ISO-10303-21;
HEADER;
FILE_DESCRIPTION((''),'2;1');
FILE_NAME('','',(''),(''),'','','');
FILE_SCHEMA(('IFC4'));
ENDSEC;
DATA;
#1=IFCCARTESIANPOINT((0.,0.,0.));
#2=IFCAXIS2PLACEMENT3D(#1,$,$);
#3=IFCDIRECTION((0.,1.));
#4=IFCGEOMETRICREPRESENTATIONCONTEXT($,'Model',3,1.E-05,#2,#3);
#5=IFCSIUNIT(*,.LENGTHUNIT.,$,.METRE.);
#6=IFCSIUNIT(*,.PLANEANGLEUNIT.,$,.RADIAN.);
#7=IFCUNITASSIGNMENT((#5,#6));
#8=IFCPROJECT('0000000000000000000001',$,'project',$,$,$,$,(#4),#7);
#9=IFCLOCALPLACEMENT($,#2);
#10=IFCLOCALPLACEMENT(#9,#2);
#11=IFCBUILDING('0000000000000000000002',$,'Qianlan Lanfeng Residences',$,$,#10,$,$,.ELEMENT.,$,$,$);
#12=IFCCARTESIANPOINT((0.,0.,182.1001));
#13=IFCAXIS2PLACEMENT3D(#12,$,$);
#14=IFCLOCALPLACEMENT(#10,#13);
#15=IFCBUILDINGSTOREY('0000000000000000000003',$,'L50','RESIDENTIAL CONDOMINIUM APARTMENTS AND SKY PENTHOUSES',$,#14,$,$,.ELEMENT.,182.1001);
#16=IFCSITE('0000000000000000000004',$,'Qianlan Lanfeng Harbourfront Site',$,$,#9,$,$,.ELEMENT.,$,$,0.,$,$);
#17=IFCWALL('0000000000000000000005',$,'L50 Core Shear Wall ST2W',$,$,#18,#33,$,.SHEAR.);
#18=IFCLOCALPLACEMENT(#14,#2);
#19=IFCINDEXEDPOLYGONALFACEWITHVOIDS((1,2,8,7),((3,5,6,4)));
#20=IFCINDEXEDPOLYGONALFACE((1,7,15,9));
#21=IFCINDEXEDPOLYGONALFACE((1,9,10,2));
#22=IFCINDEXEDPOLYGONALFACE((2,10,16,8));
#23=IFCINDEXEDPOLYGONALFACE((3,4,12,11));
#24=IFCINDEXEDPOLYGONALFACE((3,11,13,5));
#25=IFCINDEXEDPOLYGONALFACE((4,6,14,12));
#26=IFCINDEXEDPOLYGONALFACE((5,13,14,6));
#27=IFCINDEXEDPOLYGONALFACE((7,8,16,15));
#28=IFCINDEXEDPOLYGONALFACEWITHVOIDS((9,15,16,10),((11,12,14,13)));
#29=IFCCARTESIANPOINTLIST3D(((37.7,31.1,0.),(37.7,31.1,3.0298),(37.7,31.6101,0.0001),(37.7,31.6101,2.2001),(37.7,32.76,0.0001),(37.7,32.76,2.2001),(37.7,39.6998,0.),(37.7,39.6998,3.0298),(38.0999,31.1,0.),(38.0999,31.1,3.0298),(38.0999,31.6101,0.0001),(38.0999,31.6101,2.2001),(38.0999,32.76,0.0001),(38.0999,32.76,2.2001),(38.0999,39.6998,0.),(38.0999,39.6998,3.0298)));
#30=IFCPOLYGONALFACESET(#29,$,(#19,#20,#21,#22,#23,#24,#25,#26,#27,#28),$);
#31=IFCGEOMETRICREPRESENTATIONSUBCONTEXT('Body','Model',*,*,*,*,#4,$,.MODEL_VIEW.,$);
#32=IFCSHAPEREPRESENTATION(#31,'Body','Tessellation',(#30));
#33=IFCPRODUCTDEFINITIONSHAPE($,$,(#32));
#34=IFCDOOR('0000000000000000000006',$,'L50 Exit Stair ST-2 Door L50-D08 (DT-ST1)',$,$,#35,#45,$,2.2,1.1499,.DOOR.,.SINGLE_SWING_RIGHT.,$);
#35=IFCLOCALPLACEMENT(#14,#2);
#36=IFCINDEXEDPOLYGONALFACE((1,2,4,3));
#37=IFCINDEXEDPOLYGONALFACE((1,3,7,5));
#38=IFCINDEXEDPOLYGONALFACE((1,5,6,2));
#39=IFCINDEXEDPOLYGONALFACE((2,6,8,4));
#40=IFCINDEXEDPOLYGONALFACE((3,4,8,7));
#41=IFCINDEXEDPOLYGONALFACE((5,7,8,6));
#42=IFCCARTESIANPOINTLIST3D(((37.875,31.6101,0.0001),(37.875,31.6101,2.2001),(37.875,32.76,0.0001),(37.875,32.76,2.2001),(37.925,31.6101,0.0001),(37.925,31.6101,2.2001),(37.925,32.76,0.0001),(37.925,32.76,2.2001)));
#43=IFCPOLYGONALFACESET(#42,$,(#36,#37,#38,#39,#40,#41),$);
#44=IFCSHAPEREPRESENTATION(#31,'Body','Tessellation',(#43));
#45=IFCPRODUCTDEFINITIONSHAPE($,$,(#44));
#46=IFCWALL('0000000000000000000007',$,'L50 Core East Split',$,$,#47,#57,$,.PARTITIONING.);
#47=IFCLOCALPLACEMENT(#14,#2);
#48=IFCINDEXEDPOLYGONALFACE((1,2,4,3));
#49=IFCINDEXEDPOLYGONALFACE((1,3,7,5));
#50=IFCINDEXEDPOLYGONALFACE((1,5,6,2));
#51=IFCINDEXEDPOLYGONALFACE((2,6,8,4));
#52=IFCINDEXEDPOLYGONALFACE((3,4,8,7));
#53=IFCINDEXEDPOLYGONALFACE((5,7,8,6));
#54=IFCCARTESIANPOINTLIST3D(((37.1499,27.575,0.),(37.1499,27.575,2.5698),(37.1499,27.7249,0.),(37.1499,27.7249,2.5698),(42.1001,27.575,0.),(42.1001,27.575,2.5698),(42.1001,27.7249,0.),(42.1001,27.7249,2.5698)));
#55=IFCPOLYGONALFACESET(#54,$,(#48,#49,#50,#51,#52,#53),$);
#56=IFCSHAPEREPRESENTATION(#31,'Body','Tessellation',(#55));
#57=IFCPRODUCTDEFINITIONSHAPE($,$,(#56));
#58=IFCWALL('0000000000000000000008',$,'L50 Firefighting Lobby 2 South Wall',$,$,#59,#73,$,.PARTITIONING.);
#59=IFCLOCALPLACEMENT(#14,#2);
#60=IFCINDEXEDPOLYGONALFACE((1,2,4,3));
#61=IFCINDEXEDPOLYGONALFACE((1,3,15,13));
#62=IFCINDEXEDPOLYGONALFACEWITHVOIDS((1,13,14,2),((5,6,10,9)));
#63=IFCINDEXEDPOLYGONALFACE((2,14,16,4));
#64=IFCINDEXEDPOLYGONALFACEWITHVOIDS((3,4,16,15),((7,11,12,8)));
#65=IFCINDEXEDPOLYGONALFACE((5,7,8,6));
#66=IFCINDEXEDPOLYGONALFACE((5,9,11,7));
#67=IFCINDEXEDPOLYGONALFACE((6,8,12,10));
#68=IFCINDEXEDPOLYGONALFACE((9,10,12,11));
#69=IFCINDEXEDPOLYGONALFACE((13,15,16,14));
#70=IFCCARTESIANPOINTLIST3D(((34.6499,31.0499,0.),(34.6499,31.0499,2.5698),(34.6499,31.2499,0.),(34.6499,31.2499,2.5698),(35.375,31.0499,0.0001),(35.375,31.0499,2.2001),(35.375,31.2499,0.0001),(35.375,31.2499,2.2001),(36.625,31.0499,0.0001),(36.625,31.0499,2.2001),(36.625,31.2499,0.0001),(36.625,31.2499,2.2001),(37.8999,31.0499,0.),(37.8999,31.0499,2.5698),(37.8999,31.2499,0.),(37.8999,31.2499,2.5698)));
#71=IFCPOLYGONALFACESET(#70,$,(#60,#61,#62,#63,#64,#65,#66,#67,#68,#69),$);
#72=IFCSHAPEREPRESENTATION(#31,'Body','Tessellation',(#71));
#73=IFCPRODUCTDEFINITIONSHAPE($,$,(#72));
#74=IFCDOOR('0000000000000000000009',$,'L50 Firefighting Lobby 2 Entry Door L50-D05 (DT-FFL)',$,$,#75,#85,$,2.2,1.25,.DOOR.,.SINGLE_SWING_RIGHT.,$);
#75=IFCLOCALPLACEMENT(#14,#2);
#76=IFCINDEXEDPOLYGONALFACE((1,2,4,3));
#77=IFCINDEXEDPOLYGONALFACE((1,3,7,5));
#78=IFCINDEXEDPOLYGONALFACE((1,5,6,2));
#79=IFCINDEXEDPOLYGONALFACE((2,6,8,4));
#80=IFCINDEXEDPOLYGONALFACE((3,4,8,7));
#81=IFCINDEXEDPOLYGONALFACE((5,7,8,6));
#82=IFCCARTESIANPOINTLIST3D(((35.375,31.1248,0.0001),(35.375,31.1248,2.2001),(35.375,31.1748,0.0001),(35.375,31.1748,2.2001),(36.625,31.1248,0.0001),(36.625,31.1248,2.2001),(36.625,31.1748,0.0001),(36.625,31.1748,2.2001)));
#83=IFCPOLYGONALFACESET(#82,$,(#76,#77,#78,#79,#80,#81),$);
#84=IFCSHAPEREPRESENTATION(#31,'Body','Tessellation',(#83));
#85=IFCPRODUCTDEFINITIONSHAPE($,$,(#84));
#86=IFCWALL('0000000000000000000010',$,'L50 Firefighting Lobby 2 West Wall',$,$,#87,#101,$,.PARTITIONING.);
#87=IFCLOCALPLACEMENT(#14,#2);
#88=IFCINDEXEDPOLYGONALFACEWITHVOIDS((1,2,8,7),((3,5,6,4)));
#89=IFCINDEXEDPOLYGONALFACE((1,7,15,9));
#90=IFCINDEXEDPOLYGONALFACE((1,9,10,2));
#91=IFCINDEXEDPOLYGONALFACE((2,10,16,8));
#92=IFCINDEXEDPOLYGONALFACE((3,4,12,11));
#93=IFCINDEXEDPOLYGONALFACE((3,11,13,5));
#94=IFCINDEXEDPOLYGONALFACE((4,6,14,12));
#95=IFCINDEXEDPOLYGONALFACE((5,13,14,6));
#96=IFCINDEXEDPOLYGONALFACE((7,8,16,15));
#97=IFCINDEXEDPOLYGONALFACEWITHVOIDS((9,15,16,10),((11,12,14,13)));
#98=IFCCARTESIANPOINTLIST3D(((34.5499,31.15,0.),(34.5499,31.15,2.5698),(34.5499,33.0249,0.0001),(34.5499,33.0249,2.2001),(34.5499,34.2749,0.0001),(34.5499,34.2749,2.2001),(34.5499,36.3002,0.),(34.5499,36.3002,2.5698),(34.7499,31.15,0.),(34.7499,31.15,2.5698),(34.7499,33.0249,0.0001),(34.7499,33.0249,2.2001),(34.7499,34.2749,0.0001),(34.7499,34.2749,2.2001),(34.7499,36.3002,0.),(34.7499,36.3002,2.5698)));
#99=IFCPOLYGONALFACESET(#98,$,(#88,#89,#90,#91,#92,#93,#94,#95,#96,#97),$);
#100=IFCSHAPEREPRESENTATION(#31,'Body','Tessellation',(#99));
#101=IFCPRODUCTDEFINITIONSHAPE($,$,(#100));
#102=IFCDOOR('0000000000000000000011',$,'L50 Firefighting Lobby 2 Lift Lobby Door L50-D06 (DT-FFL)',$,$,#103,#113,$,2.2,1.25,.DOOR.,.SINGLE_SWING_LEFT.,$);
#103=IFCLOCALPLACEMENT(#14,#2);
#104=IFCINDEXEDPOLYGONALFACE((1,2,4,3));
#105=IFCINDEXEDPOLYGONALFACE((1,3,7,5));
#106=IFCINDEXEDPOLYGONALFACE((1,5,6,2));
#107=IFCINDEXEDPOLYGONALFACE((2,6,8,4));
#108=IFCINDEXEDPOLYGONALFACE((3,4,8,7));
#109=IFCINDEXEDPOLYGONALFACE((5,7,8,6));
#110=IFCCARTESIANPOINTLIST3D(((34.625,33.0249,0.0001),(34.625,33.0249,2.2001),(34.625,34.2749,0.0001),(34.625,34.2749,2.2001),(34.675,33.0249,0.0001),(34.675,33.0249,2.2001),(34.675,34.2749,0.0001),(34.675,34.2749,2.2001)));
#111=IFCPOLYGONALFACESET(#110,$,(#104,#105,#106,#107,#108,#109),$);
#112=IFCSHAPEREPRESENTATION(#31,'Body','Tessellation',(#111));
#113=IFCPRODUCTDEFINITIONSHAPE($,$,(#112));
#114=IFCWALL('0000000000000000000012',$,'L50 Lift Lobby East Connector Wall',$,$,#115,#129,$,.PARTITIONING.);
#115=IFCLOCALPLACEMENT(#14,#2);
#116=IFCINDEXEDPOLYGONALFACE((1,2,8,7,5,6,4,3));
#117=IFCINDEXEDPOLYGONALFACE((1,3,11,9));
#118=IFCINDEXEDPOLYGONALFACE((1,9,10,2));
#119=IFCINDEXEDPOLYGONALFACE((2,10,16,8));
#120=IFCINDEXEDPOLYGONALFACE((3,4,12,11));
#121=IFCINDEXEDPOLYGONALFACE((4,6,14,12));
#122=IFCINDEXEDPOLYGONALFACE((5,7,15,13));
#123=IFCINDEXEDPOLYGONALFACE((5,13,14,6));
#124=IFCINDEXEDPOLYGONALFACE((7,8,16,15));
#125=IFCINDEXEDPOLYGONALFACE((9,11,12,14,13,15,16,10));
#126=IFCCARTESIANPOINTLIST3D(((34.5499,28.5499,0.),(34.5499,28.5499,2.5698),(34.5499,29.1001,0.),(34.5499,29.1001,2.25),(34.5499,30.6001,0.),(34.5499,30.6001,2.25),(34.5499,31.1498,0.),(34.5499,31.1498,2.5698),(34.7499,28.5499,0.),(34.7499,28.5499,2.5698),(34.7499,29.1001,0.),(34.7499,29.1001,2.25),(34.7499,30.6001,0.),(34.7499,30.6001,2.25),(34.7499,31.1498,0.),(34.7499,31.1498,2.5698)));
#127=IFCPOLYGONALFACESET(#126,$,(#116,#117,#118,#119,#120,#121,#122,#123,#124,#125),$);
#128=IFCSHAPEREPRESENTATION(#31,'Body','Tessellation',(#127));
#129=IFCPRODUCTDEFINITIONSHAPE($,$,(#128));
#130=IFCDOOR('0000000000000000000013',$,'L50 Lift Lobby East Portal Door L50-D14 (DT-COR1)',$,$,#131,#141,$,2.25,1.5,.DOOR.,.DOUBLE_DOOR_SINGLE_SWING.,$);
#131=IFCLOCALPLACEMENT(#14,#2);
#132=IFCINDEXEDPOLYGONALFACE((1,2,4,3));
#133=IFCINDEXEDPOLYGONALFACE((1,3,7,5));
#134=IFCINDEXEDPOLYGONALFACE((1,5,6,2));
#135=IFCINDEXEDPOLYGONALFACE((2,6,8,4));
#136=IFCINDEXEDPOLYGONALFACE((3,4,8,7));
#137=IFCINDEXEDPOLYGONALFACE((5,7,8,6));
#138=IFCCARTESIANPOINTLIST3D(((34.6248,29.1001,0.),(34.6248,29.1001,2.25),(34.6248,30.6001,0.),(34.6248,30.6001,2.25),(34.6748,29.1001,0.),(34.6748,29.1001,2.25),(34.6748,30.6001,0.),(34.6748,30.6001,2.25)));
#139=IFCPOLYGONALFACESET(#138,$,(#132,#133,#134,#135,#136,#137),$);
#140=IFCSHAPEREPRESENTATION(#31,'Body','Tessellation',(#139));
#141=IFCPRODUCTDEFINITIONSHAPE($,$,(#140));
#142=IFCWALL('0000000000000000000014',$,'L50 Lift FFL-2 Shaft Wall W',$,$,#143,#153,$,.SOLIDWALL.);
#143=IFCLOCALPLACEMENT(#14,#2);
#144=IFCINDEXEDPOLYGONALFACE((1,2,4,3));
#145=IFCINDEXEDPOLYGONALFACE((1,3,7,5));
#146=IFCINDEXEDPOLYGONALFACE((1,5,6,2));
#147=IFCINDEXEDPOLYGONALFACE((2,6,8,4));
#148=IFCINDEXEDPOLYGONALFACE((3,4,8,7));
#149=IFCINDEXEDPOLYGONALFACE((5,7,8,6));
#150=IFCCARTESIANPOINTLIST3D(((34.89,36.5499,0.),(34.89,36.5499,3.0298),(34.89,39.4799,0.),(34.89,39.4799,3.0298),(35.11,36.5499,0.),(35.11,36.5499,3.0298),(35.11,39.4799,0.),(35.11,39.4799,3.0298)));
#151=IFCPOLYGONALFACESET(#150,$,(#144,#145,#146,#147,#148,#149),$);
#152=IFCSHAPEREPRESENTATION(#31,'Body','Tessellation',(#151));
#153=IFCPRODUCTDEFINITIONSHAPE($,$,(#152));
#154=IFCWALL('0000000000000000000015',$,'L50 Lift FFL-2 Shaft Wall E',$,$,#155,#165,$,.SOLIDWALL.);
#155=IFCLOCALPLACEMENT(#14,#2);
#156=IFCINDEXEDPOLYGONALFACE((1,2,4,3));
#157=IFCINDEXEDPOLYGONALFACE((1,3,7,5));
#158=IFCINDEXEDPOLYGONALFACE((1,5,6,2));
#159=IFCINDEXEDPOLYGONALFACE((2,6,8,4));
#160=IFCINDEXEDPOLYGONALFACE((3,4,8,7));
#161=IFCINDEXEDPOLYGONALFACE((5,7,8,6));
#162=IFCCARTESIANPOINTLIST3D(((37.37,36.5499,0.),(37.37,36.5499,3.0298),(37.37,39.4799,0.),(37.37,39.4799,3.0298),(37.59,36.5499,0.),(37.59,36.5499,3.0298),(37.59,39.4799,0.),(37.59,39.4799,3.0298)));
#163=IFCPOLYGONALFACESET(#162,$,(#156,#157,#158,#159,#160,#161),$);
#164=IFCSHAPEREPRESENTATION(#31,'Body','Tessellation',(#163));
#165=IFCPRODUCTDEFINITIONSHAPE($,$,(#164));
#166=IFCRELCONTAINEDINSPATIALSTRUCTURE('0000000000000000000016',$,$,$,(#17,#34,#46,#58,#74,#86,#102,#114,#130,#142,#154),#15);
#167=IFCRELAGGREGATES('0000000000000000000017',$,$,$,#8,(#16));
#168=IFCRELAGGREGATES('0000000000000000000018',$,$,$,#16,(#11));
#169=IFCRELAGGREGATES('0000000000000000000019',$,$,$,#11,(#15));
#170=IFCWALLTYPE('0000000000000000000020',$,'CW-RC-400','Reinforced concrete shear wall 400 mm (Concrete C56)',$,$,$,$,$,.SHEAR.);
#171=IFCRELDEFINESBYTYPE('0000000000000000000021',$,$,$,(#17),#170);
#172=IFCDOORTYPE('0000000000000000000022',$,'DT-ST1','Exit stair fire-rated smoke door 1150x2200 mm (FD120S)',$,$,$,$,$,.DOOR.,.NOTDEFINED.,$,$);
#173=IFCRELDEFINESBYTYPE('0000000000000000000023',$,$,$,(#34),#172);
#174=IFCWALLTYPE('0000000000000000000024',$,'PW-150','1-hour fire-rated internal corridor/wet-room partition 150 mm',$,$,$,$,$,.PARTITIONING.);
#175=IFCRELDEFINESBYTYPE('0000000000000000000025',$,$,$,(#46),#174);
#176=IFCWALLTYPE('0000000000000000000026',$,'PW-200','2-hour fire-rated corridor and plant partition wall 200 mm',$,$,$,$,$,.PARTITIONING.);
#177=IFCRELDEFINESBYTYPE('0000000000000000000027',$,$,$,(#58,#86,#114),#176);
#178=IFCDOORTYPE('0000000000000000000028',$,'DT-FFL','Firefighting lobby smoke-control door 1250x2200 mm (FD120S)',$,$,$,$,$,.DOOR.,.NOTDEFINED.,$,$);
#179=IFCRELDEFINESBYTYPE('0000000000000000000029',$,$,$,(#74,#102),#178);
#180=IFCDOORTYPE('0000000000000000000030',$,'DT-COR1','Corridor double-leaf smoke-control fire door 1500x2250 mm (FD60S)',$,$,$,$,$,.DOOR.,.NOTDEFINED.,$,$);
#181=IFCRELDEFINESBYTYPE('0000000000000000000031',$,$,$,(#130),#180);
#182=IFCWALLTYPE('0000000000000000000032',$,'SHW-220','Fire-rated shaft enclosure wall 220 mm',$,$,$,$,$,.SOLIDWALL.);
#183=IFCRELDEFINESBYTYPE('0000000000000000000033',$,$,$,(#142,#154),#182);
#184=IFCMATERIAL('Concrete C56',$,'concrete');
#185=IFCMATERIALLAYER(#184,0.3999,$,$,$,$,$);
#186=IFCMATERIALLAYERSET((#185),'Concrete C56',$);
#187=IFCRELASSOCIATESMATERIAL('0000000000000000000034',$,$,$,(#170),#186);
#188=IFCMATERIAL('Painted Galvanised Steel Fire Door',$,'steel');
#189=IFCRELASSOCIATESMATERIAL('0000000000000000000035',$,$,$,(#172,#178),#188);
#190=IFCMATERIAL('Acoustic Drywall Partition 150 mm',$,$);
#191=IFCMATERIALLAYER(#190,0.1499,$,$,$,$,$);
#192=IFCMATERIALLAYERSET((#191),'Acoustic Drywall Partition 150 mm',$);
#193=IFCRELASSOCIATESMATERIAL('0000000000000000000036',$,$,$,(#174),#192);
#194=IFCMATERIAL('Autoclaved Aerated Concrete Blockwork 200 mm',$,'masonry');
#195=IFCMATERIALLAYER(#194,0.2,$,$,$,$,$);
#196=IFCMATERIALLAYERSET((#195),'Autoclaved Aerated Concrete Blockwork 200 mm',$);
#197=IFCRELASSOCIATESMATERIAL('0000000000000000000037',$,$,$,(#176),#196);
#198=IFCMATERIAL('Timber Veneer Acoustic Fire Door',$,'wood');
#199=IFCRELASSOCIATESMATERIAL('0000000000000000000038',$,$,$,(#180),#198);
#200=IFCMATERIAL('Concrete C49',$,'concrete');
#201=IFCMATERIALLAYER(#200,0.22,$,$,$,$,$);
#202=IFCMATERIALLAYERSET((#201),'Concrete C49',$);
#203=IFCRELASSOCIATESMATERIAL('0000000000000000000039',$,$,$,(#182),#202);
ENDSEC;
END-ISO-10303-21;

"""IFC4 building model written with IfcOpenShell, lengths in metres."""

from ifc_helpers import new_model, si_unit, direction, frame, frame_2d, origin, place, context, subcontext, project, spatial, rectangle, extrude, material, layer, layer_set, type_object, element, fill, save


model = new_model("IFC4")

# Units and contexts
model_context = context("Model", 3, precision=1e-05, world=origin(), true_north=direction((0.0, 1.0)))
body_context = subcontext(model_context, "Body", "Model", "MODEL_VIEW")
ifc_project = project(units=[si_unit("LENGTHUNIT", "METRE"), si_unit("PLANEANGLEUNIT", "RADIAN")], contexts=[model_context])

# Site, building, storey
site_placement = place(None, origin())
site = spatial("IfcSite", under=ifc_project, at=site_placement, Name="Qianlan Lanfeng Harbourfront Site", CompositionType="ELEMENT", RefElevation=0.0)
building_placement = place(site_placement, origin())
building = spatial("IfcBuilding", under=site, at=building_placement, Name="Qianlan Lanfeng Residences", CompositionType="ELEMENT")
storey_placement = place(building_placement, frame((0.0, 0.0, 182.1001)))
storey = spatial("IfcBuildingStorey", under=building, at=storey_placement, Name="L50", Description="RESIDENTIAL CONDOMINIUM APARTMENTS AND SKY PENTHOUSES", CompositionType="ELEMENT", Elevation=182.1001)

# Wall, opening, door
ifc_material_1 = material(Name="Concrete C56", Category="concrete")
ifc_layer_1 = layer(ifc_material_1, 0.3999)
ifc_layer_set_1 = layer_set([ifc_layer_1], Name="Concrete C56")
wall_type_1 = type_object("IfcWallType", Name="CW-RC-400", Description="Reinforced concrete shear wall 400 mm (Concrete C56)", PredefinedType="SHEAR", material=ifc_layer_set_1)
wall_1_placement = place(storey_placement, frame((37.8999, 31.1001, 0.0), z_axis=(0.0, 0.0, 1.0), x_axis=(0.0, 1.0, 0.0)))
wall_1 = element("IfcWall", 1, at=wall_1_placement, inside=storey, type_object=wall_type_1, Name="L50 Core Shear Wall ST2W", PredefinedType="SHEAR", context=body_context, shape_type="SweptSolid", body=[
    extrude(rectangle(XDim=8.5999, YDim=0.3999, at=frame_2d((4.2998, 0.0))), origin(), (0.0, 0.0, 1.0), 3.0298),
])
opening_1_placement = place(wall_1_placement, frame((0.51, 0.0, 0.0)))
opening_1 = element("IfcOpeningElement", 2, at=opening_1_placement, cuts=wall_1, PredefinedType="OPENING", context=body_context, shape_type="SweptSolid", body=[
    extrude(rectangle(XDim=1.1499, YDim=2.2, at=frame_2d((0.575, 1.1001))), frame((0.0, 0.21, 0.0), z_axis=(0.0, -1.0, 0.0), x_axis=(1.0, 0.0, 0.0)), (0.0, 0.0, 1.0), 0.4199),
])
ifc_material_2 = material(Name="Painted Galvanised Steel Fire Door", Category="steel")
door_type_1 = type_object("IfcDoorType", Name="DT-ST1", Description="Exit stair fire-rated smoke door 1150x2200 mm (FD120S)", OperationType="NOTDEFINED", PredefinedType="DOOR", material=ifc_material_2)
door_1_placement = place(opening_1_placement, origin())
door_1 = element("IfcDoor", 3, at=door_1_placement, inside=storey, type_object=door_type_1, Name="L50 Exit Stair ST-2 Door L50-D08 (DT-ST1)", OperationType="SINGLE_SWING_RIGHT", OverallHeight=2.2, OverallWidth=1.1499, PredefinedType="DOOR", context=body_context, shape_type="SweptSolid", body=[
    extrude(rectangle(XDim=1.1499, YDim=2.2, at=frame_2d((0.575, 1.1001))), frame((0.0, 0.0249, 0.0), z_axis=(0.0, -1.0, 0.0), x_axis=(1.0, 0.0, 0.0)), (0.0, 0.0, 1.0), 0.05),
])
fill(opening_1, door_1)

# Wall
ifc_material_3 = material(Name="Acoustic Drywall Partition 150 mm")
ifc_layer_2 = layer(ifc_material_3, 0.1499)
ifc_layer_set_2 = layer_set([ifc_layer_2], Name="Acoustic Drywall Partition 150 mm")
wall_type_2 = type_object("IfcWallType", Name="PW-150", Description="1-hour fire-rated internal corridor/wet-room partition 150 mm", PredefinedType="PARTITIONING", material=ifc_layer_set_2)
wall_2_placement = place(storey_placement, frame((37.1499, 27.6499, 0.0), z_axis=(0.0, 0.0, 1.0), x_axis=(1.0, 0.0, 0.0)))
element("IfcWall", 4, at=wall_2_placement, inside=storey, type_object=wall_type_2, Name="L50 Core East Split", PredefinedType="PARTITIONING", context=body_context, shape_type="SweptSolid", body=[
    extrude(rectangle(XDim=4.9502, YDim=0.1499, at=frame_2d((2.4751, 0.0))), origin(), (0.0, 0.0, 1.0), 2.5698),
])

# Walls, openings, doors
ifc_material_4 = material(Name="Autoclaved Aerated Concrete Blockwork 200 mm", Category="masonry")
ifc_layer_3 = layer(ifc_material_4, 0.2)
ifc_layer_set_3 = layer_set([ifc_layer_3], Name="Autoclaved Aerated Concrete Blockwork 200 mm")
wall_type_3 = type_object("IfcWallType", Name="PW-200", Description="2-hour fire-rated corridor and plant partition wall 200 mm", PredefinedType="PARTITIONING", material=ifc_layer_set_3)
wall_3_placement = place(storey_placement, frame((34.6499, 31.1499, 0.0), z_axis=(0.0, 0.0, 1.0), x_axis=(1.0, 0.0, 0.0)))
wall_3 = element("IfcWall", 5, at=wall_3_placement, inside=storey, type_object=wall_type_3, Name="L50 Firefighting Lobby 2 South Wall", PredefinedType="PARTITIONING", context=body_context, shape_type="SweptSolid", body=[
    extrude(rectangle(XDim=3.25, YDim=0.2, at=frame_2d((1.625, 0.0))), origin(), (0.0, 0.0, 1.0), 2.5698),
])
opening_2_placement = place(wall_3_placement, frame((0.7251, 0.0, 0.0)))
opening_2 = element("IfcOpeningElement", 6, at=opening_2_placement, cuts=wall_3, PredefinedType="OPENING", context=body_context, shape_type="SweptSolid", body=[
    extrude(rectangle(XDim=1.25, YDim=2.2, at=frame_2d((0.625, 1.1001))), frame((0.0, 0.1099, 0.0), z_axis=(0.0, -1.0, 0.0), x_axis=(1.0, 0.0, 0.0)), (0.0, 0.0, 1.0), 0.22),
])
door_type_2 = type_object("IfcDoorType", Name="DT-FFL", Description="Firefighting lobby smoke-control door 1250x2200 mm (FD120S)", OperationType="NOTDEFINED", PredefinedType="DOOR", material=ifc_material_2)
door_2_placement = place(opening_2_placement, origin())
door_2 = element("IfcDoor", 7, at=door_2_placement, inside=storey, type_object=door_type_2, Name="L50 Firefighting Lobby 2 Entry Door L50-D05 (DT-FFL)", OperationType="SINGLE_SWING_RIGHT", OverallHeight=2.2, OverallWidth=1.25, PredefinedType="DOOR", context=body_context, shape_type="SweptSolid", body=[
    extrude(rectangle(XDim=1.25, YDim=2.2, at=frame_2d((0.625, 1.1001))), frame((0.0, 0.0249, 0.0), z_axis=(0.0, -1.0, 0.0), x_axis=(1.0, 0.0, 0.0)), (0.0, 0.0, 1.0), 0.05),
])
fill(opening_2, door_2)
wall_4_placement = place(storey_placement, frame((34.6499, 31.1499, 0.0), z_axis=(0.0, 0.0, 1.0), x_axis=(0.0, 1.0, 0.0)))
wall_4 = element("IfcWall", 8, at=wall_4_placement, inside=storey, type_object=wall_type_3, Name="L50 Firefighting Lobby 2 West Wall", PredefinedType="PARTITIONING", context=body_context, shape_type="SweptSolid", body=[
    extrude(rectangle(XDim=5.1501, YDim=0.2, at=frame_2d((2.5752, 0.0))), origin(), (0.0, 0.0, 1.0), 2.5698),
])
opening_3_placement = place(wall_4_placement, frame((1.875, 0.0, 0.0)))
opening_3 = element("IfcOpeningElement", 9, at=opening_3_placement, cuts=wall_4, PredefinedType="OPENING", context=body_context, shape_type="SweptSolid", body=[
    extrude(rectangle(XDim=1.25, YDim=2.2, at=frame_2d((0.625, 1.1001))), frame((0.0, 0.1099, 0.0), z_axis=(0.0, -1.0, 0.0), x_axis=(1.0, 0.0, 0.0)), (0.0, 0.0, 1.0), 0.22),
])
door_3_placement = place(opening_3_placement, origin())
door_3 = element("IfcDoor", 10, at=door_3_placement, inside=storey, type_object=door_type_2, Name="L50 Firefighting Lobby 2 Lift Lobby Door L50-D06 (DT-FFL)", OperationType="SINGLE_SWING_LEFT", OverallHeight=2.2, OverallWidth=1.25, PredefinedType="DOOR", context=body_context, shape_type="SweptSolid", body=[
    extrude(rectangle(XDim=1.25, YDim=2.2, at=frame_2d((0.625, 1.1001))), frame((0.0, 0.0249, 0.0), z_axis=(0.0, -1.0, 0.0), x_axis=(1.0, 0.0, 0.0)), (0.0, 0.0, 1.0), 0.05),
])
fill(opening_3, door_3)
wall_5_placement = place(storey_placement, frame((34.6499, 28.55, 0.0), z_axis=(0.0, 0.0, 1.0), x_axis=(0.0, 1.0, 0.0)))
wall_5 = element("IfcWall", 11, at=wall_5_placement, inside=storey, type_object=wall_type_3, Name="L50 Lift Lobby East Connector Wall", PredefinedType="PARTITIONING", context=body_context, shape_type="SweptSolid", body=[
    extrude(rectangle(XDim=2.5999, YDim=0.2, at=frame_2d((1.2998, 0.0))), origin(), (0.0, 0.0, 1.0), 2.5698),
])
opening_4_placement = place(wall_5_placement, frame((0.55, 0.0, 0.0)))
opening_4 = element("IfcOpeningElement", 12, at=opening_4_placement, cuts=wall_5, PredefinedType="OPENING", context=body_context, shape_type="SweptSolid", body=[
    extrude(rectangle(XDim=1.5, YDim=2.25, at=frame_2d((0.75, 1.125))), frame((0.0, 0.1099, 0.0), z_axis=(0.0, -1.0, 0.0), x_axis=(1.0, 0.0, 0.0)), (0.0, 0.0, 1.0), 0.22),
])
ifc_material_5 = material(Name="Timber Veneer Acoustic Fire Door", Category="wood")
door_type_3 = type_object("IfcDoorType", Name="DT-COR1", Description="Corridor double-leaf smoke-control fire door 1500x2250 mm (FD60S)", OperationType="NOTDEFINED", PredefinedType="DOOR", material=ifc_material_5)
door_4_placement = place(opening_4_placement, frame((1.5, 0.0, 0.0), z_axis=(0.0, 0.0, 1.0), x_axis=(-1.0, 0.0, 0.0)))
door_4 = element("IfcDoor", 13, at=door_4_placement, inside=storey, type_object=door_type_3, Name="L50 Lift Lobby East Portal Door L50-D14 (DT-COR1)", OperationType="DOUBLE_DOOR_SINGLE_SWING", OverallHeight=2.25, OverallWidth=1.5, PredefinedType="DOOR", context=body_context, shape_type="SweptSolid", body=[
    extrude(rectangle(XDim=1.5, YDim=2.25, at=frame_2d((0.75, 1.125))), frame((0.0, 0.0249, 0.0), z_axis=(0.0, -1.0, 0.0), x_axis=(1.0, 0.0, 0.0)), (0.0, 0.0, 1.0), 0.05),
])
fill(opening_4, door_4)

# Walls
ifc_material_6 = material(Name="Concrete C49", Category="concrete")
ifc_layer_4 = layer(ifc_material_6, 0.22)
ifc_layer_set_4 = layer_set([ifc_layer_4], Name="Concrete C49")
wall_type_4 = type_object("IfcWallType", Name="SHW-220", Description="Fire-rated shaft enclosure wall 220 mm", PredefinedType="SOLIDWALL", material=ifc_layer_set_4)
for number, where, z_axis, x_axis, name in (
    (14, (35.0, 36.55, 0.0), (0.0, 0.0, 1.0), (0.0, 1.0, 0.0), "L50 Lift FFL-2 Shaft Wall W"),
    (15, (37.48, 36.55, 0.0), (0.0, 0.0, 1.0), (0.0, 1.0, 0.0), "L50 Lift FFL-2 Shaft Wall E"),
):
    element("IfcWall", number, at=place(storey_placement, frame(where, z_axis=z_axis, x_axis=x_axis)), inside=storey, type_object=wall_type_4, Name=name, PredefinedType="SOLIDWALL", context=body_context, shape_type="SweptSolid", body=[
        extrude(rectangle(XDim=2.9299, YDim=0.22, at=frame_2d((1.4648, 0.0))), origin(), (0.0, 0.0, 1.0), 3.0298),
    ])

save(model, "model.ifc")
